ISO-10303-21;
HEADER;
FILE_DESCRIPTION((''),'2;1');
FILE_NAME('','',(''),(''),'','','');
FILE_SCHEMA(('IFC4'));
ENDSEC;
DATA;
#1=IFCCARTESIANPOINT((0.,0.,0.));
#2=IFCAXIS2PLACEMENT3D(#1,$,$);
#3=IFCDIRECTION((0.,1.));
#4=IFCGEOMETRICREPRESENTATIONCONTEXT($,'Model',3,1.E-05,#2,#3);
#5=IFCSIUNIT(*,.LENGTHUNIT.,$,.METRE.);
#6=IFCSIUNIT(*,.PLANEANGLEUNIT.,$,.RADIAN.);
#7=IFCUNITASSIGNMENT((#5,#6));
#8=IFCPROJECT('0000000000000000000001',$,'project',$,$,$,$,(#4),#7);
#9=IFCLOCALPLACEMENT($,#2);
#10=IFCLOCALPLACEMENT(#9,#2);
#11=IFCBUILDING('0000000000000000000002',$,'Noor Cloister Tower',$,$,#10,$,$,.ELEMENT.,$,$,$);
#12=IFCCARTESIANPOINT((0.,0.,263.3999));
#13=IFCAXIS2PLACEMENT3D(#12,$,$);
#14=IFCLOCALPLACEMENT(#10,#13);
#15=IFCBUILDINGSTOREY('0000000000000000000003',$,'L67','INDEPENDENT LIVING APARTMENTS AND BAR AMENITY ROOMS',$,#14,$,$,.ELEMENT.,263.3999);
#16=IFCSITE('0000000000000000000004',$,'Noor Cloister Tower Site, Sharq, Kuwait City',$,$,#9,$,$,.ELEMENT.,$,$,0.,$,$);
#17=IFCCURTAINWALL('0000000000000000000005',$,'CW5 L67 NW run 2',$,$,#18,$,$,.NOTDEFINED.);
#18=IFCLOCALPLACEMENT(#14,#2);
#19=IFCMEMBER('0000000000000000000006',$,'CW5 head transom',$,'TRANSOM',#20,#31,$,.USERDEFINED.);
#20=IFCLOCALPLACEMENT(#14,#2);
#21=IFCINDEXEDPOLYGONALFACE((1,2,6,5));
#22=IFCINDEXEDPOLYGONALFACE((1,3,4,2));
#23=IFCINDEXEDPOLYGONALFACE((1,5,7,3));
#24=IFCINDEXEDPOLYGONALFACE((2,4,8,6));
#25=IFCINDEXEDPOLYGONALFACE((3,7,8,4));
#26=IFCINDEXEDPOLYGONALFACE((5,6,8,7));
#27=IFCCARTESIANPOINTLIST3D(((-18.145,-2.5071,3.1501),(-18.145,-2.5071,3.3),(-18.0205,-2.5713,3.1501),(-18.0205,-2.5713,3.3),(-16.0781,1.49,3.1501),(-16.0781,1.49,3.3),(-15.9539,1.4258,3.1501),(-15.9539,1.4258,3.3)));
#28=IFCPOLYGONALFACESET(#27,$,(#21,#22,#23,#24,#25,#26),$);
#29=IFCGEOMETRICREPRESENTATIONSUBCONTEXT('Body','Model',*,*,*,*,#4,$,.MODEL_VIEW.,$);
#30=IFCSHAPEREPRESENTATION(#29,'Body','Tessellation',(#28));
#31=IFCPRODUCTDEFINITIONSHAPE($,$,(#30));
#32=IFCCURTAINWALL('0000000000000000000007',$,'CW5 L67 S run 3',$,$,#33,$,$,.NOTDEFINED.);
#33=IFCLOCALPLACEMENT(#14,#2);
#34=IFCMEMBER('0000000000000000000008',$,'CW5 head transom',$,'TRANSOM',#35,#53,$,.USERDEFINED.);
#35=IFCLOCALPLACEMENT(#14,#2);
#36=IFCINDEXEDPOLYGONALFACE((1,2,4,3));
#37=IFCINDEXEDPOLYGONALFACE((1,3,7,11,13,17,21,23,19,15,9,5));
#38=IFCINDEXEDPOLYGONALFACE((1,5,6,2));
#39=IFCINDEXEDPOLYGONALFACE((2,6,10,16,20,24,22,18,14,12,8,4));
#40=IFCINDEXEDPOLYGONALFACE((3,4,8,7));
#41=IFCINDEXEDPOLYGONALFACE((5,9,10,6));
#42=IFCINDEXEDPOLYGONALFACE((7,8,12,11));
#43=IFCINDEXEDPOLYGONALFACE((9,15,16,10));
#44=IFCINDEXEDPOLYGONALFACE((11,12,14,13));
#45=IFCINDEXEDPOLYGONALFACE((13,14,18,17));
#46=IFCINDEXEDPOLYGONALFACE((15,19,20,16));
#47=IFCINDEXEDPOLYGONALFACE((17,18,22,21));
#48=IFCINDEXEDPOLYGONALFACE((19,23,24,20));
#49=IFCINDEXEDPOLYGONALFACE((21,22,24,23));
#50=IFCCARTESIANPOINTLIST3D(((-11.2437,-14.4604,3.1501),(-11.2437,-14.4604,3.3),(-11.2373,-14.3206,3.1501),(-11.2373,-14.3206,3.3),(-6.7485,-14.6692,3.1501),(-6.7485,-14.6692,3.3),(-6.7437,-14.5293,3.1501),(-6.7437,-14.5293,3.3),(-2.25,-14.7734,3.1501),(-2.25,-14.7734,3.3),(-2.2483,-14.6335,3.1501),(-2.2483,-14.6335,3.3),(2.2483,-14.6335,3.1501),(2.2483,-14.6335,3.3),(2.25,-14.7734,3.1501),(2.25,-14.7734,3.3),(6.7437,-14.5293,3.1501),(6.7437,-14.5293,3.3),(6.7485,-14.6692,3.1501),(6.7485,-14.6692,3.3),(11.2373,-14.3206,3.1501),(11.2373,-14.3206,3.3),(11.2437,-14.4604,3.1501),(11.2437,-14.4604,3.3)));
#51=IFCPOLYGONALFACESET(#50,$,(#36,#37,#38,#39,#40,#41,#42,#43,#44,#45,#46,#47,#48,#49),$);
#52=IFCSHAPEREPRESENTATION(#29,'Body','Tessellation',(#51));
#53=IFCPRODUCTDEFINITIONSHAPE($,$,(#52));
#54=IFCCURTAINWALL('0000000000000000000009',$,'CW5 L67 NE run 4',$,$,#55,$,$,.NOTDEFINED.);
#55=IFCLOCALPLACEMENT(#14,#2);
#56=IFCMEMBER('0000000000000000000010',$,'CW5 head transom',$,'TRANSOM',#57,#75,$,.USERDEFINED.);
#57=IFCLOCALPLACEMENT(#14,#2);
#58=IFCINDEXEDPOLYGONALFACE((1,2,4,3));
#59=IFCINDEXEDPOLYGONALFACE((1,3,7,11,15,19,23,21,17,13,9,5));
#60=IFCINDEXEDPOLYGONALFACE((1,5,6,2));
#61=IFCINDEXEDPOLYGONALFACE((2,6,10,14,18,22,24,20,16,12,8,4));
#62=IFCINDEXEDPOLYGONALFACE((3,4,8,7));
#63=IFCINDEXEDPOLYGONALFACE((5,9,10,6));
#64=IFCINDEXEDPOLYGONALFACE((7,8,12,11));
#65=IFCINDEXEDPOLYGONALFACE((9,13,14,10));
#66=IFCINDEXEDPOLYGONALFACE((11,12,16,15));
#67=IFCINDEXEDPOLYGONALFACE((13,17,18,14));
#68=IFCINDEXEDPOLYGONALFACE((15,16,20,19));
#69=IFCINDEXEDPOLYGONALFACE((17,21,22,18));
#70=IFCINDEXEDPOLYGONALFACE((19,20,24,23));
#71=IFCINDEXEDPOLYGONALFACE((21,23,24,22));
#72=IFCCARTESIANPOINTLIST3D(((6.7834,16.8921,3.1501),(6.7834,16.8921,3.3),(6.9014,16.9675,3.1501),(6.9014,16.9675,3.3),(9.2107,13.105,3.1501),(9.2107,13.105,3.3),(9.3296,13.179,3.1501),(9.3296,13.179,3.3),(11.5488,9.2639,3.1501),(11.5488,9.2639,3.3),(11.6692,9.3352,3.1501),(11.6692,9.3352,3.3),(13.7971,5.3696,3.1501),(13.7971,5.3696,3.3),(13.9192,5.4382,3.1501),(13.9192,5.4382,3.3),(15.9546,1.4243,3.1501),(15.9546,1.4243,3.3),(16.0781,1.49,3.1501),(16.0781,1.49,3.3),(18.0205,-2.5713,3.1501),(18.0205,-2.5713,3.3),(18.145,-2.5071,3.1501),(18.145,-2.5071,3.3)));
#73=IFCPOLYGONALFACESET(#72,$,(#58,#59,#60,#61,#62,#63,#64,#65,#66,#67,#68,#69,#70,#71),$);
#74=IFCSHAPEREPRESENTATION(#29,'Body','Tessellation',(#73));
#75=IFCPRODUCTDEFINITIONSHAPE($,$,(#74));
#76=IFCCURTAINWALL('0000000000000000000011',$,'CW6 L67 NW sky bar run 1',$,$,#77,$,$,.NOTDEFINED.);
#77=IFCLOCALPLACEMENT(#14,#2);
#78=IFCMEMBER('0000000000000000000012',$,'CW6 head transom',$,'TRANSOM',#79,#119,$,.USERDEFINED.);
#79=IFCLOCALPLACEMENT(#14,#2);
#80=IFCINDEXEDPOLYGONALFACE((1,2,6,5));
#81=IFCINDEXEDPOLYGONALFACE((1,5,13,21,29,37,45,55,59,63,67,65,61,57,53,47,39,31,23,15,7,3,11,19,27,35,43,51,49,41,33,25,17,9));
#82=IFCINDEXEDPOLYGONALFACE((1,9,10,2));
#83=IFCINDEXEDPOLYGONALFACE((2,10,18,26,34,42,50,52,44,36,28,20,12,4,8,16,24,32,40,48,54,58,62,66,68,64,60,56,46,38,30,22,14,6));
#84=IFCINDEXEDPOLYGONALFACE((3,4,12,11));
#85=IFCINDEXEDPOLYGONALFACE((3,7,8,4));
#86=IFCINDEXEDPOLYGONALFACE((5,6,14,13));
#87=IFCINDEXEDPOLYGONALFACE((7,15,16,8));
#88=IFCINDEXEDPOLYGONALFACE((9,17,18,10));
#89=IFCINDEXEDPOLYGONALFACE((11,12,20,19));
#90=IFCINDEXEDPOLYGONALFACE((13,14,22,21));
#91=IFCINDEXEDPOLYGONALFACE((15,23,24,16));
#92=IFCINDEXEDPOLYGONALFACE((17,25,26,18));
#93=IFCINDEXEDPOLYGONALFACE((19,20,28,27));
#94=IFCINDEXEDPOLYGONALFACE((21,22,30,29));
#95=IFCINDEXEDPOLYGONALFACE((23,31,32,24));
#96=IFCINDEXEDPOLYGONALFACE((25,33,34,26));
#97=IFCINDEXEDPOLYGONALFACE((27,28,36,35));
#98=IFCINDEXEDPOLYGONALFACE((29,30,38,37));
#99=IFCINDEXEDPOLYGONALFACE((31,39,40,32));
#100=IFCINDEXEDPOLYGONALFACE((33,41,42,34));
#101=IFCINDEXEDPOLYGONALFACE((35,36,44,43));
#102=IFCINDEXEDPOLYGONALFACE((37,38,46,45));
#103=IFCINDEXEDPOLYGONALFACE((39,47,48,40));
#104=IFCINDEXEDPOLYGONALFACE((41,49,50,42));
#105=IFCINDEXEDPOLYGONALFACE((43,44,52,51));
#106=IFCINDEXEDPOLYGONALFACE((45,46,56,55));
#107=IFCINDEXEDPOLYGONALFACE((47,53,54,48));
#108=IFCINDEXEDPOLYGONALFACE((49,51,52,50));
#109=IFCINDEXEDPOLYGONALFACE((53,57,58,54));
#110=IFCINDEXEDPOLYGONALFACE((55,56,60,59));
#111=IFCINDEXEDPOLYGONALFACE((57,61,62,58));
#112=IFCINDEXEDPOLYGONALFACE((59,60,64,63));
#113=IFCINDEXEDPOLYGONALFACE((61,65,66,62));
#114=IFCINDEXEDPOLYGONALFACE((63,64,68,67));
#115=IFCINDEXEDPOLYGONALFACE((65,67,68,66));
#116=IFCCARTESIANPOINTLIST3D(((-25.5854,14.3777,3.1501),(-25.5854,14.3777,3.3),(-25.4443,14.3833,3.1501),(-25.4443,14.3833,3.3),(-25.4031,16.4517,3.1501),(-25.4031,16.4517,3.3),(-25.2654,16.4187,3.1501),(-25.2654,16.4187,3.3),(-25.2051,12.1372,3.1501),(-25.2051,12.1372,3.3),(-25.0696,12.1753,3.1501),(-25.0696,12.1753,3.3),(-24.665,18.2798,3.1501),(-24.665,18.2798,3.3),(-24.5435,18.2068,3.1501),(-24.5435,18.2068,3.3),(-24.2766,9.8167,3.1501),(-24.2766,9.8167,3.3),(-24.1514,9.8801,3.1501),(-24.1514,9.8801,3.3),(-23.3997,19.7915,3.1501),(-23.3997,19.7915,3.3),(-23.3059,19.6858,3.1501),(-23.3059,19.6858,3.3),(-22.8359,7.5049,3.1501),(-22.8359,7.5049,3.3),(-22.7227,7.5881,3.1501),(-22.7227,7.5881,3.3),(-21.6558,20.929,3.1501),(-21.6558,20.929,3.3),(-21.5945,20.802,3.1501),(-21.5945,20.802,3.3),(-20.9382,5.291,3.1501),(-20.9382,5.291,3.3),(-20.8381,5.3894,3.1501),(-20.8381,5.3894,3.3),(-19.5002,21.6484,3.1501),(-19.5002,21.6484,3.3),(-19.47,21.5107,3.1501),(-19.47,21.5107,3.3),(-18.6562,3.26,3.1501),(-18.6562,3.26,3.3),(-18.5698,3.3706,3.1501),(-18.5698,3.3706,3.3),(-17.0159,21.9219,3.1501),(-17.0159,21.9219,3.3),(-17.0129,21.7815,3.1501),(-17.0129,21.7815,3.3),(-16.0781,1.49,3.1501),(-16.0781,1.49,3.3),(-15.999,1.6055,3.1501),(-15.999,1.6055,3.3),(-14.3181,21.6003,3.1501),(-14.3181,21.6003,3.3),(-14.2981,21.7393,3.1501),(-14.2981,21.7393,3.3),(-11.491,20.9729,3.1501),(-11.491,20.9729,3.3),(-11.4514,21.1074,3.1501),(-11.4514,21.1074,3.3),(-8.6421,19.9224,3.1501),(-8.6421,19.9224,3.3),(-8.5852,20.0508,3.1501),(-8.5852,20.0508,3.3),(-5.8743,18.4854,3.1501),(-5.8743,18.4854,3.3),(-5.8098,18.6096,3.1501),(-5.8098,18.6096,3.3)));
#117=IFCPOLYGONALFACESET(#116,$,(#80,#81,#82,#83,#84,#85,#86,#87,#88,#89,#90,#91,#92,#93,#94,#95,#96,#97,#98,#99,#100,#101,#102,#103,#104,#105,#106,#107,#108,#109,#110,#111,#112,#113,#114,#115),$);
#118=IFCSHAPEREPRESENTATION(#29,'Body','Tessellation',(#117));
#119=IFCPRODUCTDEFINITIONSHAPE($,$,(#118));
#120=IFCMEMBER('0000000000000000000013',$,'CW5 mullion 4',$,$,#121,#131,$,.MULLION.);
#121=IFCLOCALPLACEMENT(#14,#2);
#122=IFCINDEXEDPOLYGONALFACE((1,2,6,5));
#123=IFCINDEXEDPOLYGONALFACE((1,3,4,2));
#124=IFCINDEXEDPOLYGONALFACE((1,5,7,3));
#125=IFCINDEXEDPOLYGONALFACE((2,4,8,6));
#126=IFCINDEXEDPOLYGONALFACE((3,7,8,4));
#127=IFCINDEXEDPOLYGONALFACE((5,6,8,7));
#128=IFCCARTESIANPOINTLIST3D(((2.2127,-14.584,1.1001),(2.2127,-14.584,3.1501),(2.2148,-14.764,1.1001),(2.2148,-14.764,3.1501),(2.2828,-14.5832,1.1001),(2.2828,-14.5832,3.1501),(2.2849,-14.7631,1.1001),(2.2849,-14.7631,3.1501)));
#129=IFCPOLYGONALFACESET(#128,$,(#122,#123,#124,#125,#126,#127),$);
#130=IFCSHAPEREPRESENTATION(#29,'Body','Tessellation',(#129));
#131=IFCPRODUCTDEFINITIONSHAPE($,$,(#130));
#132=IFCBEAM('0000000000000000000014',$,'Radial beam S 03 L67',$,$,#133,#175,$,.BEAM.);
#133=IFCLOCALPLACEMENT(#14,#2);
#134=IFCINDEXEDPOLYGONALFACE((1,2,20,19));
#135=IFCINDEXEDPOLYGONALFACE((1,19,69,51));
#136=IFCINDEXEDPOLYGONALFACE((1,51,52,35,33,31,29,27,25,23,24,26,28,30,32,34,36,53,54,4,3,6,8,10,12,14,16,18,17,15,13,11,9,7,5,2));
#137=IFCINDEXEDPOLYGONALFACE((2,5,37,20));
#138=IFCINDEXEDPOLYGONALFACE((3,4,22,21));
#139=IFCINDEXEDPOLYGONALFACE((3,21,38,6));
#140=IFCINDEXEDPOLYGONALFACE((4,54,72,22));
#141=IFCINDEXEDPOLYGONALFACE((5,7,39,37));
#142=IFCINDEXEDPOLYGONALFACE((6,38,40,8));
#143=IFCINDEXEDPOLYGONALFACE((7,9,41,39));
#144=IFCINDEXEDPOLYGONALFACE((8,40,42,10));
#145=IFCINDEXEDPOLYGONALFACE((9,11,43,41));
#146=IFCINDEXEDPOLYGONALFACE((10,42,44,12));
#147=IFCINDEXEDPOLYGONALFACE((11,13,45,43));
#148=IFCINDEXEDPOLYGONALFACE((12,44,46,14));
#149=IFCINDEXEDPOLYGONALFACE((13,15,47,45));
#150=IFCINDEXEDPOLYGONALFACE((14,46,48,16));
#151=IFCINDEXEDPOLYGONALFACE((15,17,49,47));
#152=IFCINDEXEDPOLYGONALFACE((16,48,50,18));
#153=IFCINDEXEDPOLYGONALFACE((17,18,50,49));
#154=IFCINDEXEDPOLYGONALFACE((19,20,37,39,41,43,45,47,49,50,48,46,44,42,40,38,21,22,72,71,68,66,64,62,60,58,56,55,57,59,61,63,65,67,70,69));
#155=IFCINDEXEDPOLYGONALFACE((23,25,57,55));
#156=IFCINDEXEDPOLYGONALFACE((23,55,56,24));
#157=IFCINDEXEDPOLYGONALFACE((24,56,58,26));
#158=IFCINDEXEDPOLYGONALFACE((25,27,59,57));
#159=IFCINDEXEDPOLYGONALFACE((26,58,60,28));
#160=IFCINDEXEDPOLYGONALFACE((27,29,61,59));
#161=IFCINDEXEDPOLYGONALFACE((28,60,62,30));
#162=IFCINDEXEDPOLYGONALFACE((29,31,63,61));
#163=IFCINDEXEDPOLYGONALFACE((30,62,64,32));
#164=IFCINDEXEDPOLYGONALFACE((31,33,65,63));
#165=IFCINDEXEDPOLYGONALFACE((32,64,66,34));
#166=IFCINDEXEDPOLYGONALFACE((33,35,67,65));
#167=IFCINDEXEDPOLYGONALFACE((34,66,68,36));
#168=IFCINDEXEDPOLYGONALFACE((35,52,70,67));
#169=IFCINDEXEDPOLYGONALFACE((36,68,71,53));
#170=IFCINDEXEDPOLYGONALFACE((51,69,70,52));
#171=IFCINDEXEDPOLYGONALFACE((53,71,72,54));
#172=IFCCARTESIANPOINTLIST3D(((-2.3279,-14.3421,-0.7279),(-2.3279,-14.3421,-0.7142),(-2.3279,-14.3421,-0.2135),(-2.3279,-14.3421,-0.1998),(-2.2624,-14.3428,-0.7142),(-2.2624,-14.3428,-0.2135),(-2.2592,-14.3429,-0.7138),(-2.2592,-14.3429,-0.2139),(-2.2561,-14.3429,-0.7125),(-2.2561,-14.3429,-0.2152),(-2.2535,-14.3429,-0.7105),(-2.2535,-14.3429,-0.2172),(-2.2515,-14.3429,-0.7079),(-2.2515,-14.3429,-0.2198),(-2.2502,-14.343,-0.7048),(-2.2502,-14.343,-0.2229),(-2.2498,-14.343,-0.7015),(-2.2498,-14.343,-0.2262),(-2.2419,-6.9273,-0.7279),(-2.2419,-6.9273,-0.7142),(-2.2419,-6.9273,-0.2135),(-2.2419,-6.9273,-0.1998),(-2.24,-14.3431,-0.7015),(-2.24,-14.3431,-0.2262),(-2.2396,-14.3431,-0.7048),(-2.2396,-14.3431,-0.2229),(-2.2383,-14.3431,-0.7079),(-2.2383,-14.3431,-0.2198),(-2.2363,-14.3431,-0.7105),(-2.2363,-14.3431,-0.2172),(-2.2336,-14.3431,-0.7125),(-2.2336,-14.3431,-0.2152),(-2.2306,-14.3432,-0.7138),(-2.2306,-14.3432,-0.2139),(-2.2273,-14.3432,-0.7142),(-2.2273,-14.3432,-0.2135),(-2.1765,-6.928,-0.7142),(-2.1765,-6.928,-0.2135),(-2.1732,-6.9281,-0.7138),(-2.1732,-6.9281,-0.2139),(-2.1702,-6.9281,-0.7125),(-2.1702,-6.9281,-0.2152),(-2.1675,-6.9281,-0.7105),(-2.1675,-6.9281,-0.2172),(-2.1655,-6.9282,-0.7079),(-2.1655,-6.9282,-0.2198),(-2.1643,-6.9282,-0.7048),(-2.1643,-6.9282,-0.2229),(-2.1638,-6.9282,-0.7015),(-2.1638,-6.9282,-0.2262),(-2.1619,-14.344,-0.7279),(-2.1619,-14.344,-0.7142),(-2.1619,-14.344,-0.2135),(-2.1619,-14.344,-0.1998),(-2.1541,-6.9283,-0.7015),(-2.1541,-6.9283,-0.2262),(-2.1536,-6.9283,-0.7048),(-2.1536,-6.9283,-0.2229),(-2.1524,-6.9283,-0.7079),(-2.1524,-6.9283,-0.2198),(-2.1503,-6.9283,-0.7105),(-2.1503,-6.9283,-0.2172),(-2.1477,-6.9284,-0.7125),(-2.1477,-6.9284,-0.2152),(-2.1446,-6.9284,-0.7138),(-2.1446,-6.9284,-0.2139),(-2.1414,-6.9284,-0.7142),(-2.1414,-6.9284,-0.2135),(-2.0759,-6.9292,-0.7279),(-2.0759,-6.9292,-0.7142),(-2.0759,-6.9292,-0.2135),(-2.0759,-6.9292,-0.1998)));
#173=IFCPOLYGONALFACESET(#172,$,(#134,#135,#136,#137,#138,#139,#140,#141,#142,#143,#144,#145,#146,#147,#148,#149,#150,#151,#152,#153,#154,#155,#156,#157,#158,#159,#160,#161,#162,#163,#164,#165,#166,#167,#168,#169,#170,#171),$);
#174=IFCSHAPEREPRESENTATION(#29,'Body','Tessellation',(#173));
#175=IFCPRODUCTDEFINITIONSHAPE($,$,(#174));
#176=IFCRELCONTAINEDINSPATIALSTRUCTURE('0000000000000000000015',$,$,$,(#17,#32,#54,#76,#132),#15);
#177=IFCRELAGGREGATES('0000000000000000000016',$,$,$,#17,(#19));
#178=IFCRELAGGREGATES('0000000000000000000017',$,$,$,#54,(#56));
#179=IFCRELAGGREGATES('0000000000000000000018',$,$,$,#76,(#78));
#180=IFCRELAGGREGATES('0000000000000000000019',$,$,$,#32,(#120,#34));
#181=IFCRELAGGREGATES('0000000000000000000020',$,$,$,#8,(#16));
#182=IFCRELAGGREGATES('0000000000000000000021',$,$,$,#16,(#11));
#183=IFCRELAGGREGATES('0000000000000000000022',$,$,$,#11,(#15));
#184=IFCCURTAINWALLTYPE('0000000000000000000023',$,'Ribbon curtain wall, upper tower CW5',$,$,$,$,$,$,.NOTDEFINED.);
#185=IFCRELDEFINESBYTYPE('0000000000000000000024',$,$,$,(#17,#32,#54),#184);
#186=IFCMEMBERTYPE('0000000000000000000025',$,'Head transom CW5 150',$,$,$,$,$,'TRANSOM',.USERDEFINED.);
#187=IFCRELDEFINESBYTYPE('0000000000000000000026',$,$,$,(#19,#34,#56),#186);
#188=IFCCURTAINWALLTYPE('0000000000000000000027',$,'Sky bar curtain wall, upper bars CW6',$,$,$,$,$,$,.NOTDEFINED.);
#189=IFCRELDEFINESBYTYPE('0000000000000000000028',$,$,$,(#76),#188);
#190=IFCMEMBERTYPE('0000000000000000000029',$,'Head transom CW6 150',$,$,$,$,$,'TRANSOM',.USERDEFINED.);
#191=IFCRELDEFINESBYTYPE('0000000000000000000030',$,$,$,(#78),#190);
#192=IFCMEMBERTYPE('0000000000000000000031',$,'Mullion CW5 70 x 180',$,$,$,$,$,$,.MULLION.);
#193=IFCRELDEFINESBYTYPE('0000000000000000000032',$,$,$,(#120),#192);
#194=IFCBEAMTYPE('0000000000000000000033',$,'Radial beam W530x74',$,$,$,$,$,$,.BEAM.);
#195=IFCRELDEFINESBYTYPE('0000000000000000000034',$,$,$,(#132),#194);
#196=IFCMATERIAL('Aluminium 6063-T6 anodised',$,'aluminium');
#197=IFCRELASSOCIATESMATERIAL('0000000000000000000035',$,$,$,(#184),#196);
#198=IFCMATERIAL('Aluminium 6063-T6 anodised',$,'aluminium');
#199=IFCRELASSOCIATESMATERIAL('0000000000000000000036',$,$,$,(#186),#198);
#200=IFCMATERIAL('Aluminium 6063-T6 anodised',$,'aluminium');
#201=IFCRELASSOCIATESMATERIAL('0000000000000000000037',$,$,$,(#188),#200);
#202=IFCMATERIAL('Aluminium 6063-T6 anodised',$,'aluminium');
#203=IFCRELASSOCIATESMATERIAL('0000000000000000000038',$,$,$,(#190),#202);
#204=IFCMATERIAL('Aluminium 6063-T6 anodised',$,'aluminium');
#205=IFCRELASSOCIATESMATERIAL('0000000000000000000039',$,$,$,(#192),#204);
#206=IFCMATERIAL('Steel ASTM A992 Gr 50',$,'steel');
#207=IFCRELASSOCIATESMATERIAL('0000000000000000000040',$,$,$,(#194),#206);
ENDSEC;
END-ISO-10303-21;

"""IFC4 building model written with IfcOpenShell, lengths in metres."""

from ifc_helpers import new_model, si_unit, direction, frame, origin, origin_2d, place, context, subcontext, project, spatial, polyline, rectangle, i_section, outline, extrude, material, material_profile, profile_set, type_object, element, aggregate, save


model = new_model("IFC4")

# Units and contexts
model_context = context("Model", 3, precision=1e-05, world=origin(), true_north=direction((0.0, 1.0)))
body_context = subcontext(model_context, "Body", "Model", "MODEL_VIEW")
ifc_project = project(units=[si_unit("LENGTHUNIT", "METRE"), si_unit("PLANEANGLEUNIT", "RADIAN")], contexts=[model_context])

# Site, building, storey
site_placement = place(None, origin())
site = spatial("IfcSite", under=ifc_project, at=site_placement, Name="Noor Cloister Tower Site, Sharq, Kuwait City", CompositionType="ELEMENT", RefElevation=0.0)
building_placement = place(site_placement, origin())
building = spatial("IfcBuilding", under=site, at=building_placement, Name="Noor Cloister Tower", CompositionType="ELEMENT")
storey_placement = place(building_placement, frame((0.0, 0.0, 263.3999)))
storey = spatial("IfcBuildingStorey", under=building, at=storey_placement, Name="L67", Description="INDEPENDENT LIVING APARTMENTS AND BAR AMENITY ROOMS", CompositionType="ELEMENT", Elevation=263.3999)

# Curtain walls, members
ifc_material_1 = material(Name="Aluminium 6063-T6 anodised", Category="aluminium")
curtain_wall_type_1 = type_object("IfcCurtainWallType", Name="Ribbon curtain wall, upper tower CW5", PredefinedType="NOTDEFINED", material=ifc_material_1)
curtain_wall_1_placement = place(storey_placement, origin())
curtain_wall_1 = element("IfcCurtainWall", 1, at=curtain_wall_1_placement, inside=storey, type_object=curtain_wall_type_1, Name="CW5 L67 NW run 2", PredefinedType="NOTDEFINED")
ifc_material_2 = material(Name="Aluminium 6063-T6 anodised", Category="aluminium")
member_type_1 = type_object("IfcMemberType", Name="Head transom CW5 150", ElementType="TRANSOM", PredefinedType="USERDEFINED", material=ifc_material_2)
member_1_placement = place(storey_placement, frame((0.0, 0.0, 3.1501)))
member_1 = element("IfcMember", 2, at=member_1_placement, type_object=member_type_1, Name="CW5 head transom", ObjectType="TRANSOM", PredefinedType="USERDEFINED", context=body_context, shape_type="SweptSolid", body=[
    extrude(outline(polyline([(-16.0781, 1.49), (-18.145, -2.5071), (-18.0205, -2.5713), (-15.9539, 1.4258), (-16.0781, 1.49)])), origin(), (0.0, 0.0, 1.0), 0.1499),
])
curtain_wall_2_placement = place(storey_placement, origin())
curtain_wall_2 = element("IfcCurtainWall", 3, at=curtain_wall_2_placement, inside=storey, type_object=curtain_wall_type_1, Name="CW5 L67 S run 3", PredefinedType="NOTDEFINED")
member_2_placement = place(storey_placement, frame((0.0, 0.0, 3.1501)))
member_2 = element("IfcMember", 4, at=member_2_placement, type_object=member_type_1, Name="CW5 head transom", ObjectType="TRANSOM", PredefinedType="USERDEFINED", context=body_context, shape_type="SweptSolid", body=[
    extrude(outline(polyline([(-11.2437, -14.4604), (-6.7485, -14.6692), (-2.25, -14.7734), (2.25, -14.7734), (6.7485, -14.6692), (11.2437, -14.4604), (11.2373, -14.3206), (6.7437, -14.5293), (2.2483, -14.6335), (-2.2483, -14.6335), (-6.7437, -14.5293), (-11.2373, -14.3206), (-11.2437, -14.4604)])), origin(), (0.0, 0.0, 1.0), 0.1499),
])
curtain_wall_3_placement = place(storey_placement, origin())
curtain_wall_3 = element("IfcCurtainWall", 5, at=curtain_wall_3_placement, inside=storey, type_object=curtain_wall_type_1, Name="CW5 L67 NE run 4", PredefinedType="NOTDEFINED")
member_3_placement = place(storey_placement, frame((0.0, 0.0, 3.1501)))
member_3 = element("IfcMember", 6, at=member_3_placement, type_object=member_type_1, Name="CW5 head transom", ObjectType="TRANSOM", PredefinedType="USERDEFINED", context=body_context, shape_type="SweptSolid", body=[
    extrude(outline(polyline([(18.145, -2.5071), (16.0781, 1.49), (13.9192, 5.4382), (11.6692, 9.3352), (9.3296, 13.179), (6.9014, 16.9675), (6.7834, 16.8921), (9.2107, 13.105), (11.5488, 9.2639), (13.7971, 5.3696), (15.9546, 1.4243), (18.0205, -2.5713), (18.145, -2.5071)])), origin(), (0.0, 0.0, 1.0), 0.1499),
])
ifc_material_3 = material(Name="Aluminium 6063-T6 anodised", Category="aluminium")
curtain_wall_type_2 = type_object("IfcCurtainWallType", Name="Sky bar curtain wall, upper bars CW6", PredefinedType="NOTDEFINED", material=ifc_material_3)
curtain_wall_4_placement = place(storey_placement, origin())
curtain_wall_4 = element("IfcCurtainWall", 7, at=curtain_wall_4_placement, inside=storey, type_object=curtain_wall_type_2, Name="CW6 L67 NW sky bar run 1", PredefinedType="NOTDEFINED")
ifc_material_4 = material(Name="Aluminium 6063-T6 anodised", Category="aluminium")
member_type_2 = type_object("IfcMemberType", Name="Head transom CW6 150", ElementType="TRANSOM", PredefinedType="USERDEFINED", material=ifc_material_4)
member_4_placement = place(storey_placement, frame((0.0, 0.0, 3.1501)))
member_4 = element("IfcMember", 8, at=member_4_placement, type_object=member_type_2, Name="CW6 head transom", ObjectType="TRANSOM", PredefinedType="USERDEFINED", context=body_context, shape_type="SweptSolid", body=[
    extrude(outline(polyline([(-5.8098, 18.6096), (-8.5852, 20.0508), (-11.4514, 21.1074), (-14.2981, 21.7393), (-17.0159, 21.9219), (-19.5002, 21.6484), (-21.6558, 20.929), (-23.3997, 19.7915), (-24.665, 18.2798), (-25.4031, 16.4517), (-25.5854, 14.3777), (-25.2051, 12.1372), (-24.2766, 9.8167), (-22.8359, 7.5049), (-20.9382, 5.291), (-18.6562, 3.26), (-16.0781, 1.49), (-15.999, 1.6055), (-18.5698, 3.3706), (-20.8381, 5.3894), (-22.7227, 7.5881), (-24.1514, 9.8801), (-25.0696, 12.1753), (-25.4443, 14.3833), (-25.2654, 16.4187), (-24.5435, 18.2068), (-23.3059, 19.6858), (-21.5945, 20.802), (-19.47, 21.5107), (-17.0129, 21.7815), (-14.3181, 21.6003), (-11.491, 20.9729), (-8.6421, 19.9224), (-5.8743, 18.4854), (-5.8098, 18.6096)])), origin(), (0.0, 0.0, 1.0), 0.1499),
])

# Member
ifc_material_5 = material(Name="Aluminium 6063-T6 anodised", Category="aluminium")
ifc_material_profile_1 = material_profile(ifc_material_5, rectangle(XDim=0.1799, YDim=0.0701, at=origin_2d()), Name="180 x 70 mullion")
ifc_profile_set_1 = profile_set([ifc_material_profile_1], Name="Aluminium 6063-T6 anodised")
member_type_3 = type_object("IfcMemberType", Name="Mullion CW5 70 x 180", PredefinedType="MULLION", material=ifc_profile_set_1)
member_5_placement = place(storey_placement, frame((2.2488, -14.6736, 1.1001), z_axis=(0.0, 0.0, 1.0), x_axis=(-0.011596, 0.999933, 0.0)))
member_5 = element("IfcMember", 9, at=member_5_placement, type_object=member_type_3, Name="CW5 mullion 4", PredefinedType="MULLION", context=body_context, shape_type="SweptSolid", body=[
    extrude(rectangle(XDim=0.1799, YDim=0.0701, at=origin_2d()), origin(), (0.0, 0.0, 1.0), 2.05),
])

# Beam
ifc_material_6 = material(Name="Steel ASTM A992 Gr 50", Category="steel")
ifc_material_profile_2 = material_profile(ifc_material_6, i_section(OverallWidth=0.166, OverallDepth=0.5281, WebThickness=0.0098, FlangeThickness=0.0137, FilletRadius=0.0127, at=origin_2d()), Name="W530x74")
ifc_profile_set_2 = profile_set([ifc_material_profile_2], Name="Steel ASTM A992 Gr 50")
beam_type_1 = type_object("IfcBeamType", Name="Radial beam W530x74", PredefinedType="BEAM", material=ifc_profile_set_2)
for number, where, z_axis, x_axis, name in (
    (10, (-2.2449, -14.343, -0.4639), (0.011589, 0.999933, 0.0), (-0.999933, 0.011589, 0.0), "Radial beam S 03 L67"),
):
    element("IfcBeam", number, at=place(storey_placement, frame(where, z_axis=z_axis, x_axis=x_axis)), inside=storey, type_object=beam_type_1, Name=name, PredefinedType="BEAM", context=body_context, shape_type="SweptSolid", body=[
        extrude(i_section(OverallWidth=0.166, OverallDepth=0.5281, WebThickness=0.0098, FlangeThickness=0.0137, FilletRadius=0.0127, at=origin_2d()), origin(), (0.0, 0.0, 1.0), 7.4153),
    ])

aggregate(curtain_wall_1, [member_1])
aggregate(curtain_wall_3, [member_3])
aggregate(curtain_wall_4, [member_4])

aggregate(curtain_wall_2, [member_5, member_2])

save(model, "model.ifc")
